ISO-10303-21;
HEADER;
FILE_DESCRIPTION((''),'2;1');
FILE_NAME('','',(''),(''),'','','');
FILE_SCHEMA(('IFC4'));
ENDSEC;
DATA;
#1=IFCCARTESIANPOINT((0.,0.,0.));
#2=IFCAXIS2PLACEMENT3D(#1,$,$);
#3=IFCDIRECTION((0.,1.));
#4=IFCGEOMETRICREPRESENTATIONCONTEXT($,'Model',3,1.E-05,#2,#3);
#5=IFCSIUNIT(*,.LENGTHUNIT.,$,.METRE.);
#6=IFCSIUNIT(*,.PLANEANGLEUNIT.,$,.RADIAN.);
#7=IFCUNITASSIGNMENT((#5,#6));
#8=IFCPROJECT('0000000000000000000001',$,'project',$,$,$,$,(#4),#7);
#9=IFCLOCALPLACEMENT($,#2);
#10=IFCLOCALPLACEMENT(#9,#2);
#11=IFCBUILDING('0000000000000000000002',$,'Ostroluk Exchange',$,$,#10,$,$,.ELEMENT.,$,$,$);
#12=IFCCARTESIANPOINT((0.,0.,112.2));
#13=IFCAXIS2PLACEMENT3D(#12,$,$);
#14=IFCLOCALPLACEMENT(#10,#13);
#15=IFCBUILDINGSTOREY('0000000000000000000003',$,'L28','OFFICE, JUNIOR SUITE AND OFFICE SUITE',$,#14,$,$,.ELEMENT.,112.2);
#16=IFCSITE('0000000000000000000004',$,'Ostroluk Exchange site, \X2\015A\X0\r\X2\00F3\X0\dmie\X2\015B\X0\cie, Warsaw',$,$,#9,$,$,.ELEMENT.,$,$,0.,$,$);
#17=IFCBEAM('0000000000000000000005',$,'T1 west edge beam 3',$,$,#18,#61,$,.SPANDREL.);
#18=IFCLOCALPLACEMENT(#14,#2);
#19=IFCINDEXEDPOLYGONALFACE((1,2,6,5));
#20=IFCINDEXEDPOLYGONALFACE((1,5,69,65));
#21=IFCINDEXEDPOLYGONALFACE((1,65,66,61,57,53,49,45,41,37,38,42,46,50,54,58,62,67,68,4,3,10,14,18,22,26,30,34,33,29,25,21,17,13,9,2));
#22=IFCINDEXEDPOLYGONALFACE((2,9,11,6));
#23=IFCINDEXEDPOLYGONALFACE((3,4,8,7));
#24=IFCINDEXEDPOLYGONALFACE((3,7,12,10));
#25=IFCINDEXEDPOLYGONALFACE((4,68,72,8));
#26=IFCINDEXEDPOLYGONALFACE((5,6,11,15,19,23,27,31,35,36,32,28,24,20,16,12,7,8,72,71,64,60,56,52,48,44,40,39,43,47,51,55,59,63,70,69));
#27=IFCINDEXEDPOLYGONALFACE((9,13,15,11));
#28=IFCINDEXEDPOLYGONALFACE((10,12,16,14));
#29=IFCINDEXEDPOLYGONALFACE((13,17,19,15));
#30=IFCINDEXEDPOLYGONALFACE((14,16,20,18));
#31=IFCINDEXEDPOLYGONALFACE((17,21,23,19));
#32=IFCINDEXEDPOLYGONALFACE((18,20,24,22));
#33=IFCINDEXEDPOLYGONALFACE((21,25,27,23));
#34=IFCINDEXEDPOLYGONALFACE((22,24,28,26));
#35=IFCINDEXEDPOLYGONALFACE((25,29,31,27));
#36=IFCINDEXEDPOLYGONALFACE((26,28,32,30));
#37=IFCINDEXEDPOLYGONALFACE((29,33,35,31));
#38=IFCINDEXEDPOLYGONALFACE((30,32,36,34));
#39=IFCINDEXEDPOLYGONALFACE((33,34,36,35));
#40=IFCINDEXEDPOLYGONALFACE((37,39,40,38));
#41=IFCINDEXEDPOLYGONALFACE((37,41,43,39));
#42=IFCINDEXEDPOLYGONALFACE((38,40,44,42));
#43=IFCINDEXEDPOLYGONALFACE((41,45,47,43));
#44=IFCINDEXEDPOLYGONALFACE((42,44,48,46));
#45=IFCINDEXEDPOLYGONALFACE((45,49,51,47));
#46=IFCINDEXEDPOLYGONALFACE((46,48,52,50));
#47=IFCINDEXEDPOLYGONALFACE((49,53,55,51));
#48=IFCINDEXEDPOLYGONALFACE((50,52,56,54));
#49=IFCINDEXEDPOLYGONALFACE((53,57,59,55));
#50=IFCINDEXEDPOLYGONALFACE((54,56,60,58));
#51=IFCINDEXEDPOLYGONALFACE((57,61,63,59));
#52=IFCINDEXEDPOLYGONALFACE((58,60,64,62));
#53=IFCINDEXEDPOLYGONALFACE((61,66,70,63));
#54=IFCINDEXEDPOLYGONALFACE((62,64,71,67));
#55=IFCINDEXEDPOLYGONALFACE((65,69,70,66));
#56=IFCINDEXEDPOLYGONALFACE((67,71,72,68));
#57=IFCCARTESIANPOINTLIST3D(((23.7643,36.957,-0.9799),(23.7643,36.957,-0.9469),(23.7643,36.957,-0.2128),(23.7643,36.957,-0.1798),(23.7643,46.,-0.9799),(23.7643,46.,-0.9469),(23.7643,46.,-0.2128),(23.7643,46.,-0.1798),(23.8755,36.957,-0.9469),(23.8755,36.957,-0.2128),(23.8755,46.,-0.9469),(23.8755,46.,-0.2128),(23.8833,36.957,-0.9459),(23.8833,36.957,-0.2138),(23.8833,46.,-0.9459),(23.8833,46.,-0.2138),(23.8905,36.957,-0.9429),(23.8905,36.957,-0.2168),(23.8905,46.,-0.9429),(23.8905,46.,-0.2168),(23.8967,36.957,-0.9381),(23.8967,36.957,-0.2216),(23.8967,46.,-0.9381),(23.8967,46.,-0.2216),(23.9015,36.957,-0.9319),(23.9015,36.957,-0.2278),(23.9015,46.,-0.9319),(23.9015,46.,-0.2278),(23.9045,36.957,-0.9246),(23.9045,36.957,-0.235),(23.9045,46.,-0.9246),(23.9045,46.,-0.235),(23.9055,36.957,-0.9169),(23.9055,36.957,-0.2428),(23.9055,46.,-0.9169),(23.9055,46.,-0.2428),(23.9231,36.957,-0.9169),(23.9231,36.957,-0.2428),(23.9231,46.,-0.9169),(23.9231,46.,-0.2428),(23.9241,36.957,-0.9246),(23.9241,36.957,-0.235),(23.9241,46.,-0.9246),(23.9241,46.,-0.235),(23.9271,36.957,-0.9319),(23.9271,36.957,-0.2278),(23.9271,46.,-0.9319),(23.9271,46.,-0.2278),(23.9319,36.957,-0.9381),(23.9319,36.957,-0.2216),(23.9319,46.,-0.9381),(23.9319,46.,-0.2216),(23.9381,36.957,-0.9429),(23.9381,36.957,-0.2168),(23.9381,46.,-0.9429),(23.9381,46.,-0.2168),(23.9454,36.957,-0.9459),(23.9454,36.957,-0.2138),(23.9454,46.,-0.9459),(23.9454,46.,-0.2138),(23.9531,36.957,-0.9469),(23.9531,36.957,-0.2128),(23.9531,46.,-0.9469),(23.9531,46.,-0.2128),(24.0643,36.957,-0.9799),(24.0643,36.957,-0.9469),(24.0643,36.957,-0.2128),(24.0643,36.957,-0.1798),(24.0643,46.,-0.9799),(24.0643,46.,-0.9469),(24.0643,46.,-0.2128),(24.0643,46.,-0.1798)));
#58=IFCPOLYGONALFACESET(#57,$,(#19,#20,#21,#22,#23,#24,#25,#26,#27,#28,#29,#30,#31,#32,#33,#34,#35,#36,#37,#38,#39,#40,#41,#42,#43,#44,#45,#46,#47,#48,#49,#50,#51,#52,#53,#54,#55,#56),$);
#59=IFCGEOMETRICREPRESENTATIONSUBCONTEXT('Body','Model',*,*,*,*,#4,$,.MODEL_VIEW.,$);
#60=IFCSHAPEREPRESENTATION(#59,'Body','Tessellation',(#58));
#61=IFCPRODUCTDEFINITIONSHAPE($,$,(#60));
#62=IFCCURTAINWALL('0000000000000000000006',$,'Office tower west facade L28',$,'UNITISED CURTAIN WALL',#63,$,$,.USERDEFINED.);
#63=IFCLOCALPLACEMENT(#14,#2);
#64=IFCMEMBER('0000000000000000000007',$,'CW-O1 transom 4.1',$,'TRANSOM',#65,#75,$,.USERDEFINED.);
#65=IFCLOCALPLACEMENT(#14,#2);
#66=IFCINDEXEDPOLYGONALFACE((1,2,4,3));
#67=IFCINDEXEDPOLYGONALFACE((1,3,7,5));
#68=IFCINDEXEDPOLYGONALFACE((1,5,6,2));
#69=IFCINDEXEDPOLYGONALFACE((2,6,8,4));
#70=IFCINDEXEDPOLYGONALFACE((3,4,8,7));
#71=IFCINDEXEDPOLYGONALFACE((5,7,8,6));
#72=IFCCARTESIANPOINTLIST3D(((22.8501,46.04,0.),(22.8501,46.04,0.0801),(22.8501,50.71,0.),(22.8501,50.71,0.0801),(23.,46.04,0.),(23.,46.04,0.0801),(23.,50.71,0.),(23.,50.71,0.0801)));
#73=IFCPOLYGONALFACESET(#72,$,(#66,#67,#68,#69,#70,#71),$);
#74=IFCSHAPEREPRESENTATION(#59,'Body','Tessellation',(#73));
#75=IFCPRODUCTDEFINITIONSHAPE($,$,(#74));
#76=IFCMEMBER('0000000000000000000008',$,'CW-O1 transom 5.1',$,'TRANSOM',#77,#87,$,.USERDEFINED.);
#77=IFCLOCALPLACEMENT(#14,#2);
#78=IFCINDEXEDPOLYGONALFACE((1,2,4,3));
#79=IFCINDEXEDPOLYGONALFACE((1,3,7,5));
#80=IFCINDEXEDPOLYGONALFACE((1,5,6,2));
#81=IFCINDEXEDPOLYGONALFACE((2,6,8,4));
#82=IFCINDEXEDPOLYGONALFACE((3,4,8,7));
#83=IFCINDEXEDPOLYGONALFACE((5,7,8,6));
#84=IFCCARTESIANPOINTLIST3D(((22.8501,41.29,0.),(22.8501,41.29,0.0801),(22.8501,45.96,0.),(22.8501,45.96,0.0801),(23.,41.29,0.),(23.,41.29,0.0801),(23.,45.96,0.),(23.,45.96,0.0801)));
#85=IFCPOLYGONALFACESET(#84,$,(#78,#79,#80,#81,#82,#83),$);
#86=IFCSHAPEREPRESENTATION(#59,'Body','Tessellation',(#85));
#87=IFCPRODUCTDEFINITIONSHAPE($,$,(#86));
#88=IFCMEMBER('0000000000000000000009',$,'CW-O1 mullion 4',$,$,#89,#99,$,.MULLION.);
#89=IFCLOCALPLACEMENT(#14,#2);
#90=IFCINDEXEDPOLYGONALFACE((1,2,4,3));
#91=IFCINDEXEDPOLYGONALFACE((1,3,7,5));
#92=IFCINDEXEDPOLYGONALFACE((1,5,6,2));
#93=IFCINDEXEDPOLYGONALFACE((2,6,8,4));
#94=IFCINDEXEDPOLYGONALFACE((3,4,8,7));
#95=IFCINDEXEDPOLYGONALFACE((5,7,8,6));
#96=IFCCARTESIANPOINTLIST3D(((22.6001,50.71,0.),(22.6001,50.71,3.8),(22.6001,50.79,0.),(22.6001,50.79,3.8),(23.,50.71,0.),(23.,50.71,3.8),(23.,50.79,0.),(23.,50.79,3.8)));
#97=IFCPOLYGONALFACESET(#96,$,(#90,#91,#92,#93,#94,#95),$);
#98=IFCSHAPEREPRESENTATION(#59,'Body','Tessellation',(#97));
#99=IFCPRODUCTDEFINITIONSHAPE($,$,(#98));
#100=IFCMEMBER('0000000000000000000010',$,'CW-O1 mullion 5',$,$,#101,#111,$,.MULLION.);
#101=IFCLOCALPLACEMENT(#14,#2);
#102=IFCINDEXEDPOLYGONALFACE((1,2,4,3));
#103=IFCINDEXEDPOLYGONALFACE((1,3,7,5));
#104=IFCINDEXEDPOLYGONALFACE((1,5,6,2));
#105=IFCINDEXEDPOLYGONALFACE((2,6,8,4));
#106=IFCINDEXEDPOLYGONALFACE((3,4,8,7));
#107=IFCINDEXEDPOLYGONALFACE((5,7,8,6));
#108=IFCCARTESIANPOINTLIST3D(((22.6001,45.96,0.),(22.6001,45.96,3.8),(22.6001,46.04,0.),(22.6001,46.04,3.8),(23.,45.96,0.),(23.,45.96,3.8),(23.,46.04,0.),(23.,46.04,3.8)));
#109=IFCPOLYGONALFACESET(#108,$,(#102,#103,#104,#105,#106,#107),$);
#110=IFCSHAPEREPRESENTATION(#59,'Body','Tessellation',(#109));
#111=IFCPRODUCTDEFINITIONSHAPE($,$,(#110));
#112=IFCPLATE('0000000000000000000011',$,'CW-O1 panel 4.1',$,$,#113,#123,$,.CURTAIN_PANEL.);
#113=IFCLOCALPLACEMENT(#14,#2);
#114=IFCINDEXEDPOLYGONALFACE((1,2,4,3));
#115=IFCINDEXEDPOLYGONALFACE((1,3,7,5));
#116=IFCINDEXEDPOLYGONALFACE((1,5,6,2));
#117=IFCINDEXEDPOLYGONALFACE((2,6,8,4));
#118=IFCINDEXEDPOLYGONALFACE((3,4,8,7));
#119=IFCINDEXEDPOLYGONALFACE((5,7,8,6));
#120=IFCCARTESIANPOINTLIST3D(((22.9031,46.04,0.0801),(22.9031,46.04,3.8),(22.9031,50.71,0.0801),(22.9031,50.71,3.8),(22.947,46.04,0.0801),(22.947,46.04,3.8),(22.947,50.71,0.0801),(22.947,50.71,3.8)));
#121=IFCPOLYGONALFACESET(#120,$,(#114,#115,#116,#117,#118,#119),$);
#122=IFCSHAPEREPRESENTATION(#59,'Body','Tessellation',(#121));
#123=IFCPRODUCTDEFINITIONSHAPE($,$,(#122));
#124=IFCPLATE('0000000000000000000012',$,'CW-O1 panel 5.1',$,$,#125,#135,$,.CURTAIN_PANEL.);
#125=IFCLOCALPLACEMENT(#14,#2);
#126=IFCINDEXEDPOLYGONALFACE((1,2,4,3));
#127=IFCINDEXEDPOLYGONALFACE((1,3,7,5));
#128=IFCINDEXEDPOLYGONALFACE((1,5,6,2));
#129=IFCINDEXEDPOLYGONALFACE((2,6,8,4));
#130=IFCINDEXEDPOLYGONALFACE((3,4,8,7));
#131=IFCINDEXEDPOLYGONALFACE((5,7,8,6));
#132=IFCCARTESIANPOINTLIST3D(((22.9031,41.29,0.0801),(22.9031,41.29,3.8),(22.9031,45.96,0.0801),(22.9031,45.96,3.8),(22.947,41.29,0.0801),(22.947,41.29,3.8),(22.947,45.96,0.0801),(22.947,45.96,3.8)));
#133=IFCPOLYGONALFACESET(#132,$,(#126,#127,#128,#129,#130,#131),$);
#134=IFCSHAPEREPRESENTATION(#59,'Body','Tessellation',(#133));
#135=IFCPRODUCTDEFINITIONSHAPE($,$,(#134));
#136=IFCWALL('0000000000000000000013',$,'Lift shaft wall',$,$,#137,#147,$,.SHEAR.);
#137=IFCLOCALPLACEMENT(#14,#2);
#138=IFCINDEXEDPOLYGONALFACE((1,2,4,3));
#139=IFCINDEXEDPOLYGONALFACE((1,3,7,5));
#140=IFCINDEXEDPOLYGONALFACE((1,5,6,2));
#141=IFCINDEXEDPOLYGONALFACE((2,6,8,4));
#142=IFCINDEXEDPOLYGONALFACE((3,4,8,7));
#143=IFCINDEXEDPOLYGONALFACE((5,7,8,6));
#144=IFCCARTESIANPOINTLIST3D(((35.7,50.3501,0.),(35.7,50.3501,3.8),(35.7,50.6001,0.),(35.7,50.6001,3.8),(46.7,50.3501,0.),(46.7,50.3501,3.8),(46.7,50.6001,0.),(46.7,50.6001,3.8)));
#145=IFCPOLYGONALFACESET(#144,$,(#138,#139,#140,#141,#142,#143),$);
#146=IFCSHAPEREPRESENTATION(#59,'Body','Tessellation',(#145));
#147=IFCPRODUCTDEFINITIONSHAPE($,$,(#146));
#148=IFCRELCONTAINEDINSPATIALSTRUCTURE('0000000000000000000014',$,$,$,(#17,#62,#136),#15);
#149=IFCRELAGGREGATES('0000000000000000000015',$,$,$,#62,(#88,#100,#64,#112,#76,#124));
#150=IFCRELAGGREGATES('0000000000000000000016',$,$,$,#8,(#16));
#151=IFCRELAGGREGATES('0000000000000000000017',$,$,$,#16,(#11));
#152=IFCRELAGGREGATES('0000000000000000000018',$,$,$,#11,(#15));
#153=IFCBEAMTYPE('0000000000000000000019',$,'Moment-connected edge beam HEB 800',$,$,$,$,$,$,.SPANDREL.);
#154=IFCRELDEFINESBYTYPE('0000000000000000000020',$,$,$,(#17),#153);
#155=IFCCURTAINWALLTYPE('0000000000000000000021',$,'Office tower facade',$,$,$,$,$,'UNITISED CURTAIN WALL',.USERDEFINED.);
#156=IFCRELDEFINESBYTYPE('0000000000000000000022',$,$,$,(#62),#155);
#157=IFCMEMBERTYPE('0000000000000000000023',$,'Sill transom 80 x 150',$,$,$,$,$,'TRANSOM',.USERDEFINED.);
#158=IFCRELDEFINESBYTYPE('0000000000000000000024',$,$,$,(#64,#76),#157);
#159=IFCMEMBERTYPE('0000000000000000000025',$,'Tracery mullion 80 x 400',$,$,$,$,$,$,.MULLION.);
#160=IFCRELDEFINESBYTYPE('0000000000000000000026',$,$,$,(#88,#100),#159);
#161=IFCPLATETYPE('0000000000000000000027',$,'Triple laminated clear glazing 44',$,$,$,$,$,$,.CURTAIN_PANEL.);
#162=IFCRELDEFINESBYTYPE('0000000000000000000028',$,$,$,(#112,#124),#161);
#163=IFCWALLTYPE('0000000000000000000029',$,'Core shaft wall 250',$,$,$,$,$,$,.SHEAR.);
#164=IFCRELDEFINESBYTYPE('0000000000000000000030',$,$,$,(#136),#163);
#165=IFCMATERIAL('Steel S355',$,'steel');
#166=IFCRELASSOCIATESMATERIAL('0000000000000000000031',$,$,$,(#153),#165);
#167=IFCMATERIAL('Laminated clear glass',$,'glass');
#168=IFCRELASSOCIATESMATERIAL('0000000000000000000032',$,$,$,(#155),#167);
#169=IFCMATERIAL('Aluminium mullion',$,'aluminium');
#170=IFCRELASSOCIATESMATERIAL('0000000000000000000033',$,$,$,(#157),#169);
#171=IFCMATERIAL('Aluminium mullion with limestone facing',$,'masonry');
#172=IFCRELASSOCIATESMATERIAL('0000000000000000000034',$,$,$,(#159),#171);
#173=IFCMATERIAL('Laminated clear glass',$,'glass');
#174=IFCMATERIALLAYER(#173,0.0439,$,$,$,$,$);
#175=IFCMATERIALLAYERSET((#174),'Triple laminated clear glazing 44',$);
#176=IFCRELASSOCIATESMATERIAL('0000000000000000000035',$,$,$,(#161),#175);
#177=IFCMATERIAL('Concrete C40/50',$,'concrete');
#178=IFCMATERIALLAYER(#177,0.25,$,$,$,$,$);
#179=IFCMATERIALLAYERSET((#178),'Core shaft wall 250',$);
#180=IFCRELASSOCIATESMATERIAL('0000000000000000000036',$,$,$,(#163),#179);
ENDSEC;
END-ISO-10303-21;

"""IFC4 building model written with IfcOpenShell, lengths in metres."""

from ifc_helpers import new_model, si_unit, direction, frame, frame_2d, origin, origin_2d, place, context, subcontext, project, spatial, rectangle, i_section, extrude, material, layer, layer_set, material_profile, profile_set, type_object, element, aggregate, save


model = new_model("IFC4")

# Units and contexts
model_context = context("Model", 3, precision=1e-05, world=origin(), true_north=direction((0.0, 1.0)))
body_context = subcontext(model_context, "Body", "Model", "MODEL_VIEW")
ifc_project = project(units=[si_unit("LENGTHUNIT", "METRE"), si_unit("PLANEANGLEUNIT", "RADIAN")], contexts=[model_context])

# Site, building, storey
site_placement = place(None, origin())
site = spatial("IfcSite", under=ifc_project, at=site_placement, Name="Ostroluk Exchange site, Śródmieście, Warsaw", CompositionType="ELEMENT", RefElevation=0.0)
building_placement = place(site_placement, origin())
building = spatial("IfcBuilding", under=site, at=building_placement, Name="Ostroluk Exchange", CompositionType="ELEMENT")
storey_placement = place(building_placement, frame((0.0, 0.0, 112.2)))
storey = spatial("IfcBuildingStorey", under=building, at=storey_placement, Name="L28", Description="OFFICE, JUNIOR SUITE AND OFFICE SUITE", CompositionType="ELEMENT", Elevation=112.2)

# Beam
ifc_material_1 = material(Name="Steel S355", Category="steel")
ifc_material_profile_1 = material_profile(ifc_material_1, i_section(OverallWidth=0.3, OverallDepth=0.8, WebThickness=0.0176, FlangeThickness=0.033, FilletRadius=0.03, at=origin_2d()), Name="HEB 800")
ifc_profile_set_1 = profile_set([ifc_material_profile_1], Name="Steel S355")
beam_type_1 = type_object("IfcBeamType", Name="Moment-connected edge beam HEB 800", PredefinedType="SPANDREL", material=ifc_profile_set_1)
beam_placement = place(storey_placement, frame((23.9143, 46.0, -0.5798), z_axis=(0.0, -1.0, 0.0), x_axis=(1.0, 0.0, 0.0)))
element("IfcBeam", 1, at=beam_placement, inside=storey, type_object=beam_type_1, Name="T1 west edge beam 3", PredefinedType="SPANDREL", context=body_context, shape_type="SweptSolid", body=[
    extrude(i_section(OverallWidth=0.3, OverallDepth=0.8, WebThickness=0.0176, FlangeThickness=0.033, FilletRadius=0.03, at=origin_2d()), origin(), (0.0, 0.0, 1.0), 9.043),
])

# Curtain wall, members, plates
ifc_material_2 = material(Name="Laminated clear glass", Category="glass")
curtain_wall_type = type_object("IfcCurtainWallType", Name="Office tower facade", ElementType="UNITISED CURTAIN WALL", PredefinedType="USERDEFINED", material=ifc_material_2)
curtain_wall_placement = place(storey_placement, origin())
curtain_wall = element("IfcCurtainWall", 2, at=curtain_wall_placement, inside=storey, type_object=curtain_wall_type, Name="Office tower west facade L28", ObjectType="UNITISED CURTAIN WALL", PredefinedType="USERDEFINED")
ifc_material_3 = material(Name="Aluminium mullion", Category="aluminium")
ifc_material_profile_2 = material_profile(ifc_material_3, rectangle(XDim=0.1499, YDim=0.0801, at=origin_2d()), Name="Sill transom 80 x 150")
ifc_profile_set_2 = profile_set([ifc_material_profile_2], Name="Aluminium mullion")
member_type_1 = type_object("IfcMemberType", Name="Sill transom 80 x 150", ElementType="TRANSOM", PredefinedType="USERDEFINED", material=ifc_profile_set_2)
member_1_placement = place(storey_placement, frame((22.925, 50.71, 0.04), z_axis=(0.0, -1.0, 0.0), x_axis=(1.0, 0.0, 0.0)))
member_1 = element("IfcMember", 3, at=member_1_placement, type_object=member_type_1, Name="CW-O1 transom 4.1", ObjectType="TRANSOM", PredefinedType="USERDEFINED", context=body_context, shape_type="SweptSolid", body=[
    extrude(rectangle(XDim=0.1499, YDim=0.0801, at=origin_2d()), origin(), (0.0, 0.0, 1.0), 4.6699),
])
member_2_placement = place(storey_placement, frame((22.925, 45.96, 0.04), z_axis=(0.0, -1.0, 0.0), x_axis=(1.0, 0.0, 0.0)))
member_2 = element("IfcMember", 4, at=member_2_placement, type_object=member_type_1, Name="CW-O1 transom 5.1", ObjectType="TRANSOM", PredefinedType="USERDEFINED", context=body_context, shape_type="SweptSolid", body=[
    extrude(rectangle(XDim=0.1499, YDim=0.0801, at=origin_2d()), origin(), (0.0, 0.0, 1.0), 4.6699),
])
ifc_material_4 = material(Name="Aluminium mullion with limestone facing", Category="masonry")
ifc_material_profile_3 = material_profile(ifc_material_4, rectangle(XDim=0.3999, YDim=0.0801, at=origin_2d()), Name="Tracery mullion 80 x 400")
ifc_profile_set_3 = profile_set([ifc_material_profile_3], Name="Aluminium mullion with limestone facing")
member_type_2 = type_object("IfcMemberType", Name="Tracery mullion 80 x 400", PredefinedType="MULLION", material=ifc_profile_set_3)
member_3_placement = place(storey_placement, frame((22.8, 50.75, 0.0), z_axis=(0.0, 0.0, 1.0), x_axis=(1.0, 0.0, 0.0)))
member_3 = element("IfcMember", 5, at=member_3_placement, type_object=member_type_2, Name="CW-O1 mullion 4", PredefinedType="MULLION", context=body_context, shape_type="SweptSolid", body=[
    extrude(rectangle(XDim=0.3999, YDim=0.0801, at=origin_2d()), origin(), (0.0, 0.0, 1.0), 3.8),
])
member_4_placement = place(storey_placement, frame((22.8, 46.0, 0.0), z_axis=(0.0, 0.0, 1.0), x_axis=(1.0, 0.0, 0.0)))
member_4 = element("IfcMember", 6, at=member_4_placement, type_object=member_type_2, Name="CW-O1 mullion 5", PredefinedType="MULLION", context=body_context, shape_type="SweptSolid", body=[
    extrude(rectangle(XDim=0.3999, YDim=0.0801, at=origin_2d()), origin(), (0.0, 0.0, 1.0), 3.8),
])
ifc_material_5 = material(Name="Laminated clear glass", Category="glass")
ifc_layer_1 = layer(ifc_material_5, 0.0439)
ifc_layer_set_1 = layer_set([ifc_layer_1], Name="Triple laminated clear glazing 44")
plate_type = type_object("IfcPlateType", Name="Triple laminated clear glazing 44", PredefinedType="CURTAIN_PANEL", material=ifc_layer_set_1)
plate_1_placement = place(storey_placement, frame((22.925, 48.375, 0.0801), z_axis=(0.0, 0.0, 1.0), x_axis=(0.0, -1.0, 0.0)))
plate_1 = element("IfcPlate", 7, at=plate_1_placement, type_object=plate_type, Name="CW-O1 panel 4.1", PredefinedType="CURTAIN_PANEL", context=body_context, shape_type="SweptSolid", body=[
    extrude(rectangle(XDim=4.6699, YDim=0.0439, at=origin_2d()), origin(), (0.0, 0.0, 1.0), 3.72),
])
plate_2_placement = place(storey_placement, frame((22.925, 43.625, 0.0801), z_axis=(0.0, 0.0, 1.0), x_axis=(0.0, -1.0, 0.0)))
plate_2 = element("IfcPlate", 8, at=plate_2_placement, type_object=plate_type, Name="CW-O1 panel 5.1", PredefinedType="CURTAIN_PANEL", context=body_context, shape_type="SweptSolid", body=[
    extrude(rectangle(XDim=4.6699, YDim=0.0439, at=origin_2d()), origin(), (0.0, 0.0, 1.0), 3.72),
])
aggregate(curtain_wall, [member_3, member_4, member_1, plate_1, member_2, plate_2])

# Wall
ifc_material_6 = material(Name="Concrete C40/50", Category="concrete")
ifc_layer_2 = layer(ifc_material_6, 0.25)
ifc_layer_set_2 = layer_set([ifc_layer_2], Name="Core shaft wall 250")
wall_type_1 = type_object("IfcWallType", Name="Core shaft wall 250", PredefinedType="SHEAR", material=ifc_layer_set_2)
wall_1_placement = place(storey_placement, frame((35.7, 50.4751, 0.0), z_axis=(0.0, 0.0, 1.0), x_axis=(1.0, 0.0, 0.0)))
element("IfcWall", 9, at=wall_1_placement, inside=storey, type_object=wall_type_1, Name="Lift shaft wall", PredefinedType="SHEAR", context=body_context, shape_type="SweptSolid", body=[
    extrude(rectangle(XDim=11.0, YDim=0.25, at=frame_2d((5.5, 0.0))), origin(), (0.0, 0.0, 1.0), 3.8),
])

save(model, "model.ifc")
